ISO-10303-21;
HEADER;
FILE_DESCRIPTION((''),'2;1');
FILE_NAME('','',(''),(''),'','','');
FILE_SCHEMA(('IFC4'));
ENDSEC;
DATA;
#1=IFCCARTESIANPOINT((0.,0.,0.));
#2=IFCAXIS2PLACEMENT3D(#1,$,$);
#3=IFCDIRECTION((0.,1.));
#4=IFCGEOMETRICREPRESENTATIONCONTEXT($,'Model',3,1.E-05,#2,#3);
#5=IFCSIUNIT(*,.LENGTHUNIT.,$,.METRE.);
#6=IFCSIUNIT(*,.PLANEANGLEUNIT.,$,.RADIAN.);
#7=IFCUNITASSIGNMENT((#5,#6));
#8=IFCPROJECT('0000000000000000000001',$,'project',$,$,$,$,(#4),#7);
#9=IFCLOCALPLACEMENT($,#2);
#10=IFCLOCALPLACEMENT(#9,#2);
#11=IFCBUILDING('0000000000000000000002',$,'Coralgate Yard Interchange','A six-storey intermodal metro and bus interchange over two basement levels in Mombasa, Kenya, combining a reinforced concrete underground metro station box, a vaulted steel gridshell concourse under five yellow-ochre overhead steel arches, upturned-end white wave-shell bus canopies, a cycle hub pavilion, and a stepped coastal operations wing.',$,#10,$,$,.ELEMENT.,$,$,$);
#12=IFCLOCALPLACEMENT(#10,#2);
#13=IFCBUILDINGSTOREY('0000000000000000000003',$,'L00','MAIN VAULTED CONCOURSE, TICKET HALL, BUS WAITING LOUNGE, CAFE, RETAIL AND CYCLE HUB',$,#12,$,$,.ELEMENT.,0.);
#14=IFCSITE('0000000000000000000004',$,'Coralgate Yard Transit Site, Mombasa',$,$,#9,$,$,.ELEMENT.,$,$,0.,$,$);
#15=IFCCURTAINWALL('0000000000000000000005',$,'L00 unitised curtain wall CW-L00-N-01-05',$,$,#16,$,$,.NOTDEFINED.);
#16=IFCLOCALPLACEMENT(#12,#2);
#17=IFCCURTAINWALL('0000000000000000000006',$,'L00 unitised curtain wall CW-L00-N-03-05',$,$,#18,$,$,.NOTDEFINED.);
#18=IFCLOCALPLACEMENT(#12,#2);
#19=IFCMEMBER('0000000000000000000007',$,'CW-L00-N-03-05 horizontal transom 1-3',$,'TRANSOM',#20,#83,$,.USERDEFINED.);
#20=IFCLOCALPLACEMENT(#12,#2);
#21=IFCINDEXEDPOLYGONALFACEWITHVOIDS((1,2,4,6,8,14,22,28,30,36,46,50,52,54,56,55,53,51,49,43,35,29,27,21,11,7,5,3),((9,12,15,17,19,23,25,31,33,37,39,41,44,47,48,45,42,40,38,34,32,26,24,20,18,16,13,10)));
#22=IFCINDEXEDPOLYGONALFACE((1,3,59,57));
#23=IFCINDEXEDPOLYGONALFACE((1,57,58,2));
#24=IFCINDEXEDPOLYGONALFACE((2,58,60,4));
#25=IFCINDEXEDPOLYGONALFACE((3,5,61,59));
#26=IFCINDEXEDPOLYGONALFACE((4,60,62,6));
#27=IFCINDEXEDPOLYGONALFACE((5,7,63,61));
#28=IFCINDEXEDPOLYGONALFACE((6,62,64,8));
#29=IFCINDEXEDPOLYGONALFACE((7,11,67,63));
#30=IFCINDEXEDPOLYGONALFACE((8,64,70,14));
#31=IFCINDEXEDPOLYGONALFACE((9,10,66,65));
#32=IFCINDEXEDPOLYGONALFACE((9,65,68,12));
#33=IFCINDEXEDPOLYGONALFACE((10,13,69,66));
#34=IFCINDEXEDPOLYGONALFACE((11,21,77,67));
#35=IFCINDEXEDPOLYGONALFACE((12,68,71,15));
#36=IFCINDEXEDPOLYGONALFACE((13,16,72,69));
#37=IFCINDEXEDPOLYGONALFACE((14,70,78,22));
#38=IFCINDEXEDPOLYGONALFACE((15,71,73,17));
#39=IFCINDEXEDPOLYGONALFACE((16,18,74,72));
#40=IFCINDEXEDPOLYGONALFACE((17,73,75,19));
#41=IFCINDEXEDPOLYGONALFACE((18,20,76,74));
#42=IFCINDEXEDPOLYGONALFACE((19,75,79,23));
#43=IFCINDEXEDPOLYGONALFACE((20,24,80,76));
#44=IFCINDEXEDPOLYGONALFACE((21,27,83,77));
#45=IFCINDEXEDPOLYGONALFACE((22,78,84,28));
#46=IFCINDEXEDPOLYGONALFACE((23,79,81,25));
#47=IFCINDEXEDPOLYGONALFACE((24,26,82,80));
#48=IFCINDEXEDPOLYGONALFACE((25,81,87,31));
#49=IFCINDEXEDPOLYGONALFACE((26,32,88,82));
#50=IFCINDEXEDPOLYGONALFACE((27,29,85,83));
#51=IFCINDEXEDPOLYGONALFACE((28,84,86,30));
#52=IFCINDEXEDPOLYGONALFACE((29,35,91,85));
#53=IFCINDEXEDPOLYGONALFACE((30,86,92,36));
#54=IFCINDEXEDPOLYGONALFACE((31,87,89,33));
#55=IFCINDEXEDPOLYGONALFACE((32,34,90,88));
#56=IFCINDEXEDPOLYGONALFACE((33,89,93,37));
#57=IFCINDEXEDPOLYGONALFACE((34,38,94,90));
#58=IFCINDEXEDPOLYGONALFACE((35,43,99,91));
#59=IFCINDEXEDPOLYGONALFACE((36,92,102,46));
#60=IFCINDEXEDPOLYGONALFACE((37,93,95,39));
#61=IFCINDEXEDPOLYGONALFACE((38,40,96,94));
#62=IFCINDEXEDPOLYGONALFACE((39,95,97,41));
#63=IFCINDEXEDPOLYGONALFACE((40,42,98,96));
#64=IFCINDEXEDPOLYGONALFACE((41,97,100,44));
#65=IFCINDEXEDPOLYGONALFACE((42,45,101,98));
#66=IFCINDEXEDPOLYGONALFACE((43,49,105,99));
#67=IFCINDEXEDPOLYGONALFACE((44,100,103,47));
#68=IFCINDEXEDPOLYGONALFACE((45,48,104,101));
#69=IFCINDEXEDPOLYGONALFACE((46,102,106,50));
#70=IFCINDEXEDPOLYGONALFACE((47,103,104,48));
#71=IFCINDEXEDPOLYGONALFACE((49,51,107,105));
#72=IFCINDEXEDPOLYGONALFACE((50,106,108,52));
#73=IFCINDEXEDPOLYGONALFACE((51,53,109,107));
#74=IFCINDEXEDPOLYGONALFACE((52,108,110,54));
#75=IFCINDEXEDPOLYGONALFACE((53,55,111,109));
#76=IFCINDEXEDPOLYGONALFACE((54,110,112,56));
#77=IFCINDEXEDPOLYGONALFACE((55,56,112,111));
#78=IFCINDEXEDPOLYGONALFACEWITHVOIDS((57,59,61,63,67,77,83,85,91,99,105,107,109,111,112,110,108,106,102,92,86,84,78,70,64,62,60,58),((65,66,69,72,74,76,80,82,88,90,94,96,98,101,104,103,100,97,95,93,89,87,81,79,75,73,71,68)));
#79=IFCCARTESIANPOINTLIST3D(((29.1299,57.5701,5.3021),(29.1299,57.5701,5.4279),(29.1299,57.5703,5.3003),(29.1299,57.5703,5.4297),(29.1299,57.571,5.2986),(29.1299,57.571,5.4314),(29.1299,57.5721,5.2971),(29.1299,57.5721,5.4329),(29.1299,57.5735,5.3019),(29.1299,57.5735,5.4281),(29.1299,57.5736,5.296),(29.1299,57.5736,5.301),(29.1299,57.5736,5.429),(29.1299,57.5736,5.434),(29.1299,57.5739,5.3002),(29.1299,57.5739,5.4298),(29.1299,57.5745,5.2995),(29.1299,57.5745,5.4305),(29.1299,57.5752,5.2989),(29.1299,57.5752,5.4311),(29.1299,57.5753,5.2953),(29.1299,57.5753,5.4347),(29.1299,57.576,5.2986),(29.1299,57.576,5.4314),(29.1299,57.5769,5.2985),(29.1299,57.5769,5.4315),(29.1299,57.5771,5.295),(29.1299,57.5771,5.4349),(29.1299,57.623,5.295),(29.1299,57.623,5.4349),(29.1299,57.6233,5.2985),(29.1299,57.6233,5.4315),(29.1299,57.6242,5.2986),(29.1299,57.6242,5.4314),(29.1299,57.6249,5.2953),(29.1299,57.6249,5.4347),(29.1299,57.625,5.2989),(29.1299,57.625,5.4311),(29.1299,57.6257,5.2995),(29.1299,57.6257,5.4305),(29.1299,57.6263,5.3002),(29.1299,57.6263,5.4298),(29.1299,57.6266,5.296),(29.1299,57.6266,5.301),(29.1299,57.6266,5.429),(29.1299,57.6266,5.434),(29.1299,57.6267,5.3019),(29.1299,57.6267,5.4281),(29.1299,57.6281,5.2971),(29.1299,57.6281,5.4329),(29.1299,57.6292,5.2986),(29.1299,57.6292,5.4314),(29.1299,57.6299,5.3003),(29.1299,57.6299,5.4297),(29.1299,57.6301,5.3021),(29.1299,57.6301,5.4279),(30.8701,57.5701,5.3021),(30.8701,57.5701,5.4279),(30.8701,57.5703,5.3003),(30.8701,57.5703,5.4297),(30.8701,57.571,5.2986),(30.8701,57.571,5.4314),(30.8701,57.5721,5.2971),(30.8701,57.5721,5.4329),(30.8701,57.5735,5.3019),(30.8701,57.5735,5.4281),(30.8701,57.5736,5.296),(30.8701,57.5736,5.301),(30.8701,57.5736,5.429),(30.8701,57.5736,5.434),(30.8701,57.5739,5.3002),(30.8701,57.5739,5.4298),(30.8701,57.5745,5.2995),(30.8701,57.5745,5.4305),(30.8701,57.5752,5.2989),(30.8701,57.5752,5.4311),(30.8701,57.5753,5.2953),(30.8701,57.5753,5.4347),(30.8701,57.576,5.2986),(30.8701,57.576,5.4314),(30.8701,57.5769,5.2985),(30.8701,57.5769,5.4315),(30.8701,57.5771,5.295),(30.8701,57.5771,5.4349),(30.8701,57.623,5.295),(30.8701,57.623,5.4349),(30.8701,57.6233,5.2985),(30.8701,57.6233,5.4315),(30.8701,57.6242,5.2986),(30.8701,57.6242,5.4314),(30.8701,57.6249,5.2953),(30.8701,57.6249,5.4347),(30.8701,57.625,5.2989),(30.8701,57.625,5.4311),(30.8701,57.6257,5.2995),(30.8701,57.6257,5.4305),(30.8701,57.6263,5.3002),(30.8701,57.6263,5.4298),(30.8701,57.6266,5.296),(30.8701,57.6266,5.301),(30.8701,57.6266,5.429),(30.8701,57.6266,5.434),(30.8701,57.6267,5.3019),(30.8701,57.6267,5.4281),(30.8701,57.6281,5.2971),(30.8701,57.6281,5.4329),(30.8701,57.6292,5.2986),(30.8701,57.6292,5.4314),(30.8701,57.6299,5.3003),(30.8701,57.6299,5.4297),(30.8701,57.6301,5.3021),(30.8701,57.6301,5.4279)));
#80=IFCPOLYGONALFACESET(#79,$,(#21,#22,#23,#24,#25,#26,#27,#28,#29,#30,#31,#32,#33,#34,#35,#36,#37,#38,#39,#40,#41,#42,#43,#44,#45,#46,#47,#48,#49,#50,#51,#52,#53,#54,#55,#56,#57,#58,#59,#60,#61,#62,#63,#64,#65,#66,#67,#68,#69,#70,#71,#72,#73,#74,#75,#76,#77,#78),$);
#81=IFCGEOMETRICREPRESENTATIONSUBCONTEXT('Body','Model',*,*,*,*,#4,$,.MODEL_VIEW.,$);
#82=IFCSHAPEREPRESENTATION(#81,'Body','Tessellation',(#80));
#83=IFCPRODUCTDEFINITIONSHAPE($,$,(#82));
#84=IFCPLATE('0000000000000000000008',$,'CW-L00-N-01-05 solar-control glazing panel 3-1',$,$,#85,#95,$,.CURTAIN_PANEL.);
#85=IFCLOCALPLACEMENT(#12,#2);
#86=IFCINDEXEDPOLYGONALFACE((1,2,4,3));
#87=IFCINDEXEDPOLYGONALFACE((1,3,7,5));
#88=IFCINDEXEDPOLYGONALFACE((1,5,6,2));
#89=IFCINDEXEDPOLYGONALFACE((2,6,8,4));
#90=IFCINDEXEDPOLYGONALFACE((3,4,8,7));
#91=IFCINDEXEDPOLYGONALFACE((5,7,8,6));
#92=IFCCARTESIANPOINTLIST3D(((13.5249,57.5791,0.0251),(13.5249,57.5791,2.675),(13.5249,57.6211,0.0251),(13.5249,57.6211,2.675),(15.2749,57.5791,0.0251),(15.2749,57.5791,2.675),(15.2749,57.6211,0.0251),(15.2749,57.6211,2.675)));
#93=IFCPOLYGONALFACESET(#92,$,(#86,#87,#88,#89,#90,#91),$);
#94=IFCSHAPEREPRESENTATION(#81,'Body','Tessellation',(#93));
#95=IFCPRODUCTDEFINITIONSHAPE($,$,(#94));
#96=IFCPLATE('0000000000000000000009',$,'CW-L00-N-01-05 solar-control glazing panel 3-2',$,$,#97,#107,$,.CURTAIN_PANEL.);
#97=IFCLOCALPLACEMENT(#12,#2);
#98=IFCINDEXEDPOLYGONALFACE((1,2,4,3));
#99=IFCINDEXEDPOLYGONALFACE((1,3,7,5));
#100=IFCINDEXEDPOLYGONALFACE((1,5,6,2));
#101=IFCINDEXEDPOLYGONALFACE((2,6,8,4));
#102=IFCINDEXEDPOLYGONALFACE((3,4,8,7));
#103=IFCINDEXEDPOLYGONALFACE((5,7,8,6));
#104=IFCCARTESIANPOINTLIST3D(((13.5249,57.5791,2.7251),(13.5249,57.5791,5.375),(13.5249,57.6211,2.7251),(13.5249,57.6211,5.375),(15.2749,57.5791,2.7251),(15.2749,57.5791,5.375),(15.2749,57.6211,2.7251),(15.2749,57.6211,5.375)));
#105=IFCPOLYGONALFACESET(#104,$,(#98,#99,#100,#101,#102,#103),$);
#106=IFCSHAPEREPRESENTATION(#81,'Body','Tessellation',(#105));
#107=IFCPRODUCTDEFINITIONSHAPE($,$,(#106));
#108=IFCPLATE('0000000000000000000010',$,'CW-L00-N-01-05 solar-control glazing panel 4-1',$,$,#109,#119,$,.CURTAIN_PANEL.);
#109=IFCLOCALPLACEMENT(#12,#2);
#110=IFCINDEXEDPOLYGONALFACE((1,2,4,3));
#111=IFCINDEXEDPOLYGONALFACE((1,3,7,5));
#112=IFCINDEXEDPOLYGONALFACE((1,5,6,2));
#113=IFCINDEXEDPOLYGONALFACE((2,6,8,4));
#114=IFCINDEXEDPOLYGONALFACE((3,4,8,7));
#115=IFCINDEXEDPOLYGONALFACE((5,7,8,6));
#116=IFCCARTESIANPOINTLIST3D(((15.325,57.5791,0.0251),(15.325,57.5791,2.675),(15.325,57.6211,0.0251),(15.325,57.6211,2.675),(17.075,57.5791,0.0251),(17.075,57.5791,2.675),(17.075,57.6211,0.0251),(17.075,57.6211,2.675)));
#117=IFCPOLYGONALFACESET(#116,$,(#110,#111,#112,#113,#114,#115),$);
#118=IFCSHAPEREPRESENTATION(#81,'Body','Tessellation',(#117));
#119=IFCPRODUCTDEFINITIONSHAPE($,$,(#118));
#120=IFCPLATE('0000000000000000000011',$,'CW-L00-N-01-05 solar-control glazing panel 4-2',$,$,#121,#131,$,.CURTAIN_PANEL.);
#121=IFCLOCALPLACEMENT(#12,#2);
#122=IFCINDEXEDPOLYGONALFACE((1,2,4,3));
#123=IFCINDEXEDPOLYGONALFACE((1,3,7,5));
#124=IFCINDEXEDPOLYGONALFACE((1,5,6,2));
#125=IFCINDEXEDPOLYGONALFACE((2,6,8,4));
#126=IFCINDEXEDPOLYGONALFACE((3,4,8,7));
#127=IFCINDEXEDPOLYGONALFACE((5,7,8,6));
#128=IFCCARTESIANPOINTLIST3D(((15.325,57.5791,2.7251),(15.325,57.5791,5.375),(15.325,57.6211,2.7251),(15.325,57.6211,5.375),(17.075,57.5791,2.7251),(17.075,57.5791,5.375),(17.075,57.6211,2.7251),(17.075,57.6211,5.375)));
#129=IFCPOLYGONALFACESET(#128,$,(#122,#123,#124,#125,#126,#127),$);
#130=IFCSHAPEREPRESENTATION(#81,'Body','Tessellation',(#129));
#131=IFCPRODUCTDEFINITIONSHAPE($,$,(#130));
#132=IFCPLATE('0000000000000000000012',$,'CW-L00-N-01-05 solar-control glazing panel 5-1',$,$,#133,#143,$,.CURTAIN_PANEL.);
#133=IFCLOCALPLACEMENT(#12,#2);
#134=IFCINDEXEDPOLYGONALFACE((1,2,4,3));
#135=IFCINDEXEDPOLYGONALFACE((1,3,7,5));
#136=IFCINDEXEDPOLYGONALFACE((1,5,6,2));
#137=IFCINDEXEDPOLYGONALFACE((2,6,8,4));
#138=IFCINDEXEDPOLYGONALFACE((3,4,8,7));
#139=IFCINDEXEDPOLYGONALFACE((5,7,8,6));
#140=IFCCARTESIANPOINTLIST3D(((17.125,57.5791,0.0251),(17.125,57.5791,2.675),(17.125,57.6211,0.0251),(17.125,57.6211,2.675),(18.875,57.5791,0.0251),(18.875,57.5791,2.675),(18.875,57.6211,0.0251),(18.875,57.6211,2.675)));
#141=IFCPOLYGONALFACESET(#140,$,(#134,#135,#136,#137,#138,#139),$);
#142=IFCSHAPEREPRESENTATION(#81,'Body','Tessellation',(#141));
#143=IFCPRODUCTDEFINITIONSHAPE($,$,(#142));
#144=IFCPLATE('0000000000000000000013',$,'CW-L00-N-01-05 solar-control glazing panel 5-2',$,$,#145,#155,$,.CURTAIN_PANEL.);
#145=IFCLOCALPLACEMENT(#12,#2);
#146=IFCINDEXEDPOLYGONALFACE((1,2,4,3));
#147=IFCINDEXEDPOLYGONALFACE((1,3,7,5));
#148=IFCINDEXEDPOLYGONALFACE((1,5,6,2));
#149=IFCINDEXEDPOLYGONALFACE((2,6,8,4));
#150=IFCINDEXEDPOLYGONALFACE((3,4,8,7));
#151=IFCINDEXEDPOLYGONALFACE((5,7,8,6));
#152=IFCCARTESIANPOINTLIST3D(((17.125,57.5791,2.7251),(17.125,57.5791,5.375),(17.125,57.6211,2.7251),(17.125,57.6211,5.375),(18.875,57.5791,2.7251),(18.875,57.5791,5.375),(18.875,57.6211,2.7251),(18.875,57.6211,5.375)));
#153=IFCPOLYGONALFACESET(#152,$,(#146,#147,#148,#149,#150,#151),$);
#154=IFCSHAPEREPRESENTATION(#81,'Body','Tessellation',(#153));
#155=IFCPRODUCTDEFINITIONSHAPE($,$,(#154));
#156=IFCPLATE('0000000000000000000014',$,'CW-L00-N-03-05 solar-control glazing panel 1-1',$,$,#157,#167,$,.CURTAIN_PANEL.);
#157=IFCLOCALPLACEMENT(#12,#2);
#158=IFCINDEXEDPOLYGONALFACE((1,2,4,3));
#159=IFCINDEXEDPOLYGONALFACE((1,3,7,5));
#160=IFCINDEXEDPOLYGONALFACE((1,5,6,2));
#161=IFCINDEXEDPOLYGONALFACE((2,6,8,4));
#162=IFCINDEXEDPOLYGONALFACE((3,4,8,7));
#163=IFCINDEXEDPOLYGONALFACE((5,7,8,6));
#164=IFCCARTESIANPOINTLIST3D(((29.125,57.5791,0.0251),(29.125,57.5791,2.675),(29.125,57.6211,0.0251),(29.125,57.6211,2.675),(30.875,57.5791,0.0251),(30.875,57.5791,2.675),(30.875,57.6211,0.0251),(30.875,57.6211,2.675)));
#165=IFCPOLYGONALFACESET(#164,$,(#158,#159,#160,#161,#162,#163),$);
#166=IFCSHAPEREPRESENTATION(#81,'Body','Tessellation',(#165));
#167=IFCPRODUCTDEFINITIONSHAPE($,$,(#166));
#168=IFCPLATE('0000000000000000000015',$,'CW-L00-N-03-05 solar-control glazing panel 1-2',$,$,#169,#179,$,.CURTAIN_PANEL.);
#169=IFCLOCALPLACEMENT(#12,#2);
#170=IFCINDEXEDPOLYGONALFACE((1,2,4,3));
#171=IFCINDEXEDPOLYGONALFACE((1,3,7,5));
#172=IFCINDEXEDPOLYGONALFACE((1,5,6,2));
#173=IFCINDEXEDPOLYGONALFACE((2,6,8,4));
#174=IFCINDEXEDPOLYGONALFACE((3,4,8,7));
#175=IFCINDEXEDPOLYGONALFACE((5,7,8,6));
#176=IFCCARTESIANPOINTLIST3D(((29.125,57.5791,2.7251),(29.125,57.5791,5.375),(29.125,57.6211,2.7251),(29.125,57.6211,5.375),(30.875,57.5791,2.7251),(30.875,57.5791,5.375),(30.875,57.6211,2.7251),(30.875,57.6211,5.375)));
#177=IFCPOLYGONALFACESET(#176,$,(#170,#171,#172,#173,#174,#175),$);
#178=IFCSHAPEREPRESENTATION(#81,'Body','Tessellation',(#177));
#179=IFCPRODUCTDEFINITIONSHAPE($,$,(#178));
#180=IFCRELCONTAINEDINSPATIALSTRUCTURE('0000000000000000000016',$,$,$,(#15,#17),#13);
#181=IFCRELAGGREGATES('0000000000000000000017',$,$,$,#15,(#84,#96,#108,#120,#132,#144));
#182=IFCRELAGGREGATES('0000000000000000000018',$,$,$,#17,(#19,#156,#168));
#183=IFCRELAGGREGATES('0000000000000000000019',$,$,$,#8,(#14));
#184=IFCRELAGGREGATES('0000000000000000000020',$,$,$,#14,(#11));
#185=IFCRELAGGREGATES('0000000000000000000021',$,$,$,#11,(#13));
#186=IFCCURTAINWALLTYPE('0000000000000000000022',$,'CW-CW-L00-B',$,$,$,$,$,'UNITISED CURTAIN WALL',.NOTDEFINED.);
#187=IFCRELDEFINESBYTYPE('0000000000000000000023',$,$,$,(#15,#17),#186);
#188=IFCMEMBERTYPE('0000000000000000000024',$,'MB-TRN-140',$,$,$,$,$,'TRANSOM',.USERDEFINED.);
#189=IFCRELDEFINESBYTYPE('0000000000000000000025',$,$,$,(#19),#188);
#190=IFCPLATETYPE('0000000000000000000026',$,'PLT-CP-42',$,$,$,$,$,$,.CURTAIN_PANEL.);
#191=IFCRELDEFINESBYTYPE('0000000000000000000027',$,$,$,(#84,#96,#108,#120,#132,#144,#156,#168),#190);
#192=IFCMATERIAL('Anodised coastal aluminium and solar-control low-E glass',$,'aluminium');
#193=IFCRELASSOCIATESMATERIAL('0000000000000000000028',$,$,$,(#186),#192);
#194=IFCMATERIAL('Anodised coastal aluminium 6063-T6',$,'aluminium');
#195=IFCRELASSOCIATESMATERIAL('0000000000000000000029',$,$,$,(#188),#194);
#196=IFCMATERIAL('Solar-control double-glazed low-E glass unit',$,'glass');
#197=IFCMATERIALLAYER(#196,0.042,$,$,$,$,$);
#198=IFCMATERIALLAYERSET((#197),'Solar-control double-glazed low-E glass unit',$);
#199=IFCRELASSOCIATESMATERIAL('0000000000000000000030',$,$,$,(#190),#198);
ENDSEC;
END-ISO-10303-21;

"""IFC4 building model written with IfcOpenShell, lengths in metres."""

from ifc_helpers import new_model, si_unit, direction, frame, origin, origin_2d, place, context, subcontext, project, spatial, rectangle, hollow_rectangle, extrude, material, layer, layer_set, material_profile, profile_set, type_object, element, aggregate, save


model = new_model("IFC4")

# Units and contexts
model_context = context("Model", 3, precision=1e-05, world=origin(), true_north=direction((0.0, 1.0)))
body_context = subcontext(model_context, "Body", "Model", "MODEL_VIEW")
ifc_project = project(units=[si_unit("LENGTHUNIT", "METRE"), si_unit("PLANEANGLEUNIT", "RADIAN")], contexts=[model_context])

# Site, building, storey
site_placement = place(None, origin())
site = spatial("IfcSite", under=ifc_project, at=site_placement, Name="Coralgate Yard Transit Site, Mombasa", CompositionType="ELEMENT", RefElevation=0.0)
building_placement = place(site_placement, origin())
building = spatial("IfcBuilding", under=site, at=building_placement, Name="Coralgate Yard Interchange", Description="A six-storey intermodal metro and bus interchange over two basement levels in Mombasa, Kenya, combining a reinforced concrete underground metro station box, a vaulted steel gridshell concourse under five yellow-ochre overhead steel arches, upturned-end white wave-shell bus canopies, a cycle hub pavilion, and a stepped coastal operations wing.", CompositionType="ELEMENT")
storey_placement = place(building_placement, origin())
storey = spatial("IfcBuildingStorey", under=building, at=storey_placement, Name="L00", Description="MAIN VAULTED CONCOURSE, TICKET HALL, BUS WAITING LOUNGE, CAFE, RETAIL AND CYCLE HUB", CompositionType="ELEMENT", Elevation=0.0)

# Curtain wall
ifc_material_1 = material(Name="Anodised coastal aluminium and solar-control low-E glass", Category="aluminium")
curtain_wall_type = type_object("IfcCurtainWallType", Name="CW-CW-L00-B", ElementType="UNITISED CURTAIN WALL", PredefinedType="NOTDEFINED", material=ifc_material_1)
curtain_wall_1_placement = place(storey_placement, origin())
curtain_wall_1 = element("IfcCurtainWall", 1, at=curtain_wall_1_placement, inside=storey, type_object=curtain_wall_type, Name="L00 unitised curtain wall CW-L00-N-01-05", PredefinedType="NOTDEFINED")
ifc_material_2 = material(Name="Anodised coastal aluminium 6063-T6", Category="aluminium")

# Curtain wall
curtain_wall_2_placement = place(storey_placement, origin())
curtain_wall_2 = element("IfcCurtainWall", 2, at=curtain_wall_2_placement, inside=storey, type_object=curtain_wall_type, Name="L00 unitised curtain wall CW-L00-N-03-05", PredefinedType="NOTDEFINED")

# Member
ifc_material_profile_1 = material_profile(ifc_material_2, hollow_rectangle(XDim=0.0601, YDim=0.1399, WallThickness=0.0034, InnerFilletRadius=0.0034, OuterFilletRadius=0.0071, at=origin_2d()), Name="ALU 60x140x3.5")
ifc_profile_set_1 = profile_set([ifc_material_profile_1], Name="Anodised coastal aluminium 6063-T6")
member_type_1 = type_object("IfcMemberType", Name="MB-TRN-140", ElementType="TRANSOM", PredefinedType="USERDEFINED", material=ifc_profile_set_1)
member_1_placement = place(storey_placement, frame((29.1299, 57.6001, 5.365), z_axis=(1.0, 0.0, 0.0), x_axis=(0.0, 1.0, 0.0)))
member_1 = element("IfcMember", 3, at=member_1_placement, type_object=member_type_1, Name="CW-L00-N-03-05 horizontal transom 1-3", ObjectType="TRANSOM", PredefinedType="USERDEFINED", context=body_context, shape_type="SweptSolid", body=[
    extrude(hollow_rectangle(XDim=0.0601, YDim=0.1399, WallThickness=0.0034, InnerFilletRadius=0.0034, OuterFilletRadius=0.0071, at=origin_2d()), origin(), (0.0, 0.0, 1.0), 1.7402),
])

# Plates
ifc_material_3 = material(Name="Solar-control double-glazed low-E glass unit", Category="glass")
ifc_layer = layer(ifc_material_3, 0.042)
ifc_layer_set = layer_set([ifc_layer], Name="Solar-control double-glazed low-E glass unit")
plate_type = type_object("IfcPlateType", Name="PLT-CP-42", PredefinedType="CURTAIN_PANEL", material=ifc_layer_set)
plate_1_placement = place(storey_placement, frame((14.3999, 57.6001, 0.0251), z_axis=(0.0, 0.0, 1.0), x_axis=(1.0, 0.0, 0.0)))
plate_1 = element("IfcPlate", 4, at=plate_1_placement, type_object=plate_type, Name="CW-L00-N-01-05 solar-control glazing panel 3-1", PredefinedType="CURTAIN_PANEL", context=body_context, shape_type="SweptSolid", body=[
    extrude(rectangle(XDim=1.75, YDim=0.042, at=origin_2d()), origin(), (0.0, 0.0, 1.0), 2.6499),
])
plate_2_placement = place(storey_placement, frame((14.3999, 57.6001, 2.7251), z_axis=(0.0, 0.0, 1.0), x_axis=(1.0, 0.0, 0.0)))
plate_2 = element("IfcPlate", 5, at=plate_2_placement, type_object=plate_type, Name="CW-L00-N-01-05 solar-control glazing panel 3-2", PredefinedType="CURTAIN_PANEL", context=body_context, shape_type="SweptSolid", body=[
    extrude(rectangle(XDim=1.75, YDim=0.042, at=origin_2d()), origin(), (0.0, 0.0, 1.0), 2.6499),
])
plate_3_placement = place(storey_placement, frame((16.2, 57.6001, 0.0251), z_axis=(0.0, 0.0, 1.0), x_axis=(1.0, 0.0, 0.0)))
plate_3 = element("IfcPlate", 6, at=plate_3_placement, type_object=plate_type, Name="CW-L00-N-01-05 solar-control glazing panel 4-1", PredefinedType="CURTAIN_PANEL", context=body_context, shape_type="SweptSolid", body=[
    extrude(rectangle(XDim=1.75, YDim=0.042, at=origin_2d()), origin(), (0.0, 0.0, 1.0), 2.6499),
])
plate_4_placement = place(storey_placement, frame((16.2, 57.6001, 2.7251), z_axis=(0.0, 0.0, 1.0), x_axis=(1.0, 0.0, 0.0)))
plate_4 = element("IfcPlate", 7, at=plate_4_placement, type_object=plate_type, Name="CW-L00-N-01-05 solar-control glazing panel 4-2", PredefinedType="CURTAIN_PANEL", context=body_context, shape_type="SweptSolid", body=[
    extrude(rectangle(XDim=1.75, YDim=0.042, at=origin_2d()), origin(), (0.0, 0.0, 1.0), 2.6499),
])
plate_5_placement = place(storey_placement, frame((18.0, 57.6001, 0.0251), z_axis=(0.0, 0.0, 1.0), x_axis=(1.0, 0.0, 0.0)))
plate_5 = element("IfcPlate", 8, at=plate_5_placement, type_object=plate_type, Name="CW-L00-N-01-05 solar-control glazing panel 5-1", PredefinedType="CURTAIN_PANEL", context=body_context, shape_type="SweptSolid", body=[
    extrude(rectangle(XDim=1.75, YDim=0.042, at=origin_2d()), origin(), (0.0, 0.0, 1.0), 2.6499),
])
plate_6_placement = place(storey_placement, frame((18.0, 57.6001, 2.7251), z_axis=(0.0, 0.0, 1.0), x_axis=(1.0, 0.0, 0.0)))
plate_6 = element("IfcPlate", 9, at=plate_6_placement, type_object=plate_type, Name="CW-L00-N-01-05 solar-control glazing panel 5-2", PredefinedType="CURTAIN_PANEL", context=body_context, shape_type="SweptSolid", body=[
    extrude(rectangle(XDim=1.75, YDim=0.042, at=origin_2d()), origin(), (0.0, 0.0, 1.0), 2.6499),
])
aggregate(curtain_wall_1, [plate_1, plate_2, plate_3, plate_4, plate_5, plate_6])
plate_7_placement = place(storey_placement, frame((30.0, 57.6001, 0.0251), z_axis=(0.0, 0.0, 1.0), x_axis=(1.0, 0.0, 0.0)))
plate_7 = element("IfcPlate", 10, at=plate_7_placement, type_object=plate_type, Name="CW-L00-N-03-05 solar-control glazing panel 1-1", PredefinedType="CURTAIN_PANEL", context=body_context, shape_type="SweptSolid", body=[
    extrude(rectangle(XDim=1.75, YDim=0.042, at=origin_2d()), origin(), (0.0, 0.0, 1.0), 2.6499),
])
plate_8_placement = place(storey_placement, frame((30.0, 57.6001, 2.7251), z_axis=(0.0, 0.0, 1.0), x_axis=(1.0, 0.0, 0.0)))
plate_8 = element("IfcPlate", 11, at=plate_8_placement, type_object=plate_type, Name="CW-L00-N-03-05 solar-control glazing panel 1-2", PredefinedType="CURTAIN_PANEL", context=body_context, shape_type="SweptSolid", body=[
    extrude(rectangle(XDim=1.75, YDim=0.042, at=origin_2d()), origin(), (0.0, 0.0, 1.0), 2.6499),
])
aggregate(curtain_wall_2, [member_1, plate_7, plate_8])

save(model, "model.ifc")
